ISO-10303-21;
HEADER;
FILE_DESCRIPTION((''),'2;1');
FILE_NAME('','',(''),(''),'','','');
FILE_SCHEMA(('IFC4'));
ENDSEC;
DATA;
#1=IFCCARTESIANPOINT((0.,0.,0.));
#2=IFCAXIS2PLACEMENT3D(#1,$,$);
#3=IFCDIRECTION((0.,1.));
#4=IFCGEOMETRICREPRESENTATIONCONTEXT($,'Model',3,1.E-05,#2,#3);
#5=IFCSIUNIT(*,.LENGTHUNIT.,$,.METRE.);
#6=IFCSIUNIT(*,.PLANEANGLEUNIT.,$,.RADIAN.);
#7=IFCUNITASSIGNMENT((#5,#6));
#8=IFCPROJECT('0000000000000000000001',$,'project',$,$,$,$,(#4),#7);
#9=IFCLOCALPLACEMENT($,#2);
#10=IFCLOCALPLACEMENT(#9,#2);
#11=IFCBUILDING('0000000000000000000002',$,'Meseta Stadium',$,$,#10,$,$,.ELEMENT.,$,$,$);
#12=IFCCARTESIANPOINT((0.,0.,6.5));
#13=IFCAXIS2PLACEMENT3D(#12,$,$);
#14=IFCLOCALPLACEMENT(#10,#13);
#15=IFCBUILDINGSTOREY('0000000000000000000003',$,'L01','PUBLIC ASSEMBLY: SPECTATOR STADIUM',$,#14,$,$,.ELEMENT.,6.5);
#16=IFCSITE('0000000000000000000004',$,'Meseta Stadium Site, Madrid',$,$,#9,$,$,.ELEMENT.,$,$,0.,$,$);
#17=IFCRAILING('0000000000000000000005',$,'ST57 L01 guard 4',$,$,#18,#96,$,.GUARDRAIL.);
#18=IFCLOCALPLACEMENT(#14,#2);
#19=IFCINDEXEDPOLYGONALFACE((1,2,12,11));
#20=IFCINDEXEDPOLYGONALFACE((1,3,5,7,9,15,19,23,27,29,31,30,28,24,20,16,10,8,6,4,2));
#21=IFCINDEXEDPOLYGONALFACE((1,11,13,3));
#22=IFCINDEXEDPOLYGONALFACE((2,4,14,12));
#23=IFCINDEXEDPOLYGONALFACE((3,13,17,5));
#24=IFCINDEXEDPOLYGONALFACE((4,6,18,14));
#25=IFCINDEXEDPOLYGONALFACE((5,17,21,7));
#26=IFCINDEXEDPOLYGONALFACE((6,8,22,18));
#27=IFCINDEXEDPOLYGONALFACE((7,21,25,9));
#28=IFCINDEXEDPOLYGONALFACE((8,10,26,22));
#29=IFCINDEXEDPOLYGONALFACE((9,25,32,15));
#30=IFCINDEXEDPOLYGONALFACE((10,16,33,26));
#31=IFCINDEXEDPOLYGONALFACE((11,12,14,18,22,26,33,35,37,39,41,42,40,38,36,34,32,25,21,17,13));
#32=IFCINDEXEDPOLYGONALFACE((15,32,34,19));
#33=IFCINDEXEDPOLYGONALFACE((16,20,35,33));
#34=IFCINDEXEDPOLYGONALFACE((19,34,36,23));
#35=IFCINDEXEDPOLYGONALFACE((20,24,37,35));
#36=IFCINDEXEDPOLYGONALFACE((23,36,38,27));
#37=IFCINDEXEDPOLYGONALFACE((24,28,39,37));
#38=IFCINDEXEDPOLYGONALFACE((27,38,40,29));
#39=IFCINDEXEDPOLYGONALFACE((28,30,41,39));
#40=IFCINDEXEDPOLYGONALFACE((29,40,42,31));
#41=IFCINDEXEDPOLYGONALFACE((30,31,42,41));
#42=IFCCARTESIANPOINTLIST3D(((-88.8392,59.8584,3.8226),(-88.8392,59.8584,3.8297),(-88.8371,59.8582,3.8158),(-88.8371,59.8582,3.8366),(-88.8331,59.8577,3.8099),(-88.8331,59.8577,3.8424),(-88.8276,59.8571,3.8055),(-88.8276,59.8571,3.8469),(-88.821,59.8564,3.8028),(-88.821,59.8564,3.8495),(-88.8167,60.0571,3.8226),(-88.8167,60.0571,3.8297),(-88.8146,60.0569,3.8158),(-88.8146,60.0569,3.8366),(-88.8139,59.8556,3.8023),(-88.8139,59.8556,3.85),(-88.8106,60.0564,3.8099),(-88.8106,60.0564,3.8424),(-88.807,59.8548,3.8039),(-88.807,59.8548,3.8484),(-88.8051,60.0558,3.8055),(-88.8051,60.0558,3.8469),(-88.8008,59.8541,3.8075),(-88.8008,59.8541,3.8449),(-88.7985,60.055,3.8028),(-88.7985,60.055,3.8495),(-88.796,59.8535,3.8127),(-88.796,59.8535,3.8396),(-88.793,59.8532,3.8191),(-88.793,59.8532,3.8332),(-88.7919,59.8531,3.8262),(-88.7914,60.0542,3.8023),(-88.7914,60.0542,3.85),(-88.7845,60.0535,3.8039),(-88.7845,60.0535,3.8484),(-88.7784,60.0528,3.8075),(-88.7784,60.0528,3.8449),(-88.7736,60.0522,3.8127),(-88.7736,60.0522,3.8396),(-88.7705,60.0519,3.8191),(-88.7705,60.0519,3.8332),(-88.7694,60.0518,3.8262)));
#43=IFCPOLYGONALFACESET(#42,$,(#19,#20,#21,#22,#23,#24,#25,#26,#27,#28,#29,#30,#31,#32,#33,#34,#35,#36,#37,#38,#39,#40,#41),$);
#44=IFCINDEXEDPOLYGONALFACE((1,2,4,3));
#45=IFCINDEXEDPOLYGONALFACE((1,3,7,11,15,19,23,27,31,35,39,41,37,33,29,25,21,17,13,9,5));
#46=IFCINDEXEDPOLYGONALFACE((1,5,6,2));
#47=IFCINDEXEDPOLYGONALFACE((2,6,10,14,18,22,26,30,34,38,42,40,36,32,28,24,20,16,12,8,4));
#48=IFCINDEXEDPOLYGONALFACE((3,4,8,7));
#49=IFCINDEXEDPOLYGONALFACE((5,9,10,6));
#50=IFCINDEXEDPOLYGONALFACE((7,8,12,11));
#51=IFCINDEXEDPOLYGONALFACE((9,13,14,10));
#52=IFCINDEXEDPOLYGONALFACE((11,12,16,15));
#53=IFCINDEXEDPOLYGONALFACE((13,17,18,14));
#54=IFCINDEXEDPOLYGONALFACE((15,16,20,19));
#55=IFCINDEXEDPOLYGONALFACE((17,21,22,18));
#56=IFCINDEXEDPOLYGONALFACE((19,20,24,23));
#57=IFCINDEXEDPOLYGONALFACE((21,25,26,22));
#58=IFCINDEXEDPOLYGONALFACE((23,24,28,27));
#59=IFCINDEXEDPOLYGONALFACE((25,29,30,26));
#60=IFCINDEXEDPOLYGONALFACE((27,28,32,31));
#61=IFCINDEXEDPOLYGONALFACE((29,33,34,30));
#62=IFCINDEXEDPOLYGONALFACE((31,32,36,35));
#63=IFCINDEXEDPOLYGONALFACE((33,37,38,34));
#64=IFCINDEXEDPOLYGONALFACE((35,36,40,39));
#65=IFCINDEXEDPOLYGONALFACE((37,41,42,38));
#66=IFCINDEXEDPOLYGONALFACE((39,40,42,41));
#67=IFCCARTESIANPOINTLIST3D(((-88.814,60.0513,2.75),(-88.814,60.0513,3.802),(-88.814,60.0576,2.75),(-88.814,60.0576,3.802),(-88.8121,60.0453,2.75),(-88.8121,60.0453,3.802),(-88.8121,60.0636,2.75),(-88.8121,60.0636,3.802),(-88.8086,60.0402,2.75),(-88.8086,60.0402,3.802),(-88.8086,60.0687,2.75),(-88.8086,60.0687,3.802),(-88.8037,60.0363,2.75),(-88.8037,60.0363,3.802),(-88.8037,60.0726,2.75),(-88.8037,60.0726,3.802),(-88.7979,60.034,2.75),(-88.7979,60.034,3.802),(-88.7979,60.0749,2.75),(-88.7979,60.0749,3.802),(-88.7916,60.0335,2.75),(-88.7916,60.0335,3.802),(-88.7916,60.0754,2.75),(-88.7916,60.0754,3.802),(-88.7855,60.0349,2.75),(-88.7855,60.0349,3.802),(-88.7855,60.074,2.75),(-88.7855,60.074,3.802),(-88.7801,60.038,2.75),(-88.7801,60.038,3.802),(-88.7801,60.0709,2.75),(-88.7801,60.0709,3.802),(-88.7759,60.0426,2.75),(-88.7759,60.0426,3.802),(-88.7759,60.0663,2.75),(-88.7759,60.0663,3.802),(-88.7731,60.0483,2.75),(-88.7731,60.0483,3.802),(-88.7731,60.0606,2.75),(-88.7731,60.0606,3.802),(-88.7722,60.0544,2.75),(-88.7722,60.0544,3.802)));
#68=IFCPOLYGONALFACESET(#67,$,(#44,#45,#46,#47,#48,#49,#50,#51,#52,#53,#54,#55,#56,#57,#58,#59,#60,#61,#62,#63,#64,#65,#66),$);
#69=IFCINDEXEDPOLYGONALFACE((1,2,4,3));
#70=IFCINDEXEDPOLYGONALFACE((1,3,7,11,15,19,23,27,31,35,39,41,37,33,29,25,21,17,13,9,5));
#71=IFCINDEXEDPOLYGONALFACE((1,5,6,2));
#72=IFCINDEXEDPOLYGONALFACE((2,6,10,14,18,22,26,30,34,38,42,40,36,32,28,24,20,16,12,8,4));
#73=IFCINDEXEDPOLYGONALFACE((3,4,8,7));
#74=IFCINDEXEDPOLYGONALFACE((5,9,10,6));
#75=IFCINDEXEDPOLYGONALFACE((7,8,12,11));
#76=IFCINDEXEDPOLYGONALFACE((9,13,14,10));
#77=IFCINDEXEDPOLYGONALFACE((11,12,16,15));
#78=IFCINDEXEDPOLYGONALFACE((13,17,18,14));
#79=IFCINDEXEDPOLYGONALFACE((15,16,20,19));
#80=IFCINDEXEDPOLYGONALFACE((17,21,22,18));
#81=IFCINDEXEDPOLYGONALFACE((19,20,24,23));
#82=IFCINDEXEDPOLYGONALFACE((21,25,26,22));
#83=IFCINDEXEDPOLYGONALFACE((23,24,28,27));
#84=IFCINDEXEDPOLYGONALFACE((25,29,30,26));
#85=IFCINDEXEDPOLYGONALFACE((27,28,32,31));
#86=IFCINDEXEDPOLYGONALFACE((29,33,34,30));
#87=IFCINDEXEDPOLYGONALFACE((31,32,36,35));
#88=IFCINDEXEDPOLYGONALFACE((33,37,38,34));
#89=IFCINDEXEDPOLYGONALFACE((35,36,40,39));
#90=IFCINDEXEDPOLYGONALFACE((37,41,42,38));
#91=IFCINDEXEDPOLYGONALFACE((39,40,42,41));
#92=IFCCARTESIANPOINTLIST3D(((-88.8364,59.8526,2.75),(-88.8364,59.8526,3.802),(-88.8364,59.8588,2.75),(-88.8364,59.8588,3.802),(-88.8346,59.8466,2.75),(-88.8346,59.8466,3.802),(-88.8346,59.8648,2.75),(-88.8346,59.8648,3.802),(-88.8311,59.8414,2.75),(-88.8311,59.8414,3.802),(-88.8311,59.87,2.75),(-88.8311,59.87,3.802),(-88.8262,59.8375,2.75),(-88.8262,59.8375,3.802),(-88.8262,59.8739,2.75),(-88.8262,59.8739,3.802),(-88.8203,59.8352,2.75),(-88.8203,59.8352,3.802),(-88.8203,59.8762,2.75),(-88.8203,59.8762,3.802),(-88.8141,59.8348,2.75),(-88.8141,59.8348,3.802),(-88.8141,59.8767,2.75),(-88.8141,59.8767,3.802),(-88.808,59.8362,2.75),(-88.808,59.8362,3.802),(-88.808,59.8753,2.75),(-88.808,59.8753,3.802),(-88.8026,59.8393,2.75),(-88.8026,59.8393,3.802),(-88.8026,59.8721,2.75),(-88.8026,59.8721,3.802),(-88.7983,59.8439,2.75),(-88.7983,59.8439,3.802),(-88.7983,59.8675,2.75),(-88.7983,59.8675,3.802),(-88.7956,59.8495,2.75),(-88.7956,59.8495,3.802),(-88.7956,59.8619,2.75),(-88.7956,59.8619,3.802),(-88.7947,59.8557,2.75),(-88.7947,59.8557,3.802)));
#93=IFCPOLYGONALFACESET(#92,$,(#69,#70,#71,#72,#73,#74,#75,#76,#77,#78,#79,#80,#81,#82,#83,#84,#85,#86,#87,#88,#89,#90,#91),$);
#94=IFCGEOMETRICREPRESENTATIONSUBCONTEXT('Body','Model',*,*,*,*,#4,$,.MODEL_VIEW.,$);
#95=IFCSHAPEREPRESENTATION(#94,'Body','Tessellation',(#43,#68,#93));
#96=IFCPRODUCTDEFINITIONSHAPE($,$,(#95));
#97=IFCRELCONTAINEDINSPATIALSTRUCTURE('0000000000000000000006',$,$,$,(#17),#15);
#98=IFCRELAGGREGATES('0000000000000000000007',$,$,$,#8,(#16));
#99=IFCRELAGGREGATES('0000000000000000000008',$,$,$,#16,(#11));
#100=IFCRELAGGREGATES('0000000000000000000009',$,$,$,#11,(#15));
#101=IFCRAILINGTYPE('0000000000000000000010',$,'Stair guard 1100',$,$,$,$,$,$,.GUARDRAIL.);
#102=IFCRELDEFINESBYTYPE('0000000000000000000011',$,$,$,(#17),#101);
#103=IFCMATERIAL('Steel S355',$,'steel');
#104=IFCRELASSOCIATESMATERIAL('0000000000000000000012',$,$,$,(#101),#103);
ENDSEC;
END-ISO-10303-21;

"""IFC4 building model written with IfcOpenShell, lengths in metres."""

from ifc_helpers import new_model, si_unit, direction, frame, origin, origin_2d, place, context, subcontext, project, spatial, circle, extrude, material, type_object, element, save


model = new_model("IFC4")

# Units and contexts
model_context = context("Model", 3, precision=1e-05, world=origin(), true_north=direction((0.0, 1.0)))
body_context = subcontext(model_context, "Body", "Model", "MODEL_VIEW")
ifc_project = project(units=[si_unit("LENGTHUNIT", "METRE"), si_unit("PLANEANGLEUNIT", "RADIAN")], contexts=[model_context])

# Site, building, storey
site_placement = place(None, origin())
site = spatial("IfcSite", under=ifc_project, at=site_placement, Name="Meseta Stadium Site, Madrid", CompositionType="ELEMENT", RefElevation=0.0)
building_placement = place(site_placement, origin())
building = spatial("IfcBuilding", under=site, at=building_placement, Name="Meseta Stadium", CompositionType="ELEMENT")
storey_placement = place(building_placement, frame((0.0, 0.0, 6.5)))
storey = spatial("IfcBuildingStorey", under=building, at=storey_placement, Name="L01", Description="PUBLIC ASSEMBLY: SPECTATOR STADIUM", CompositionType="ELEMENT", Elevation=6.5)

# Railing
ifc_material_1 = material(Name="Steel S355", Category="steel")
railing_type_1 = type_object("IfcRailingType", Name="Stair guard 1100", PredefinedType="GUARDRAIL", material=ifc_material_1)
railing_1_placement = place(storey_placement, frame((-88.7932, 60.0544, 2.75)))
element("IfcRailing", 1, at=railing_1_placement, inside=storey, type_object=railing_type_1, Name="ST57 L01 guard 4", PredefinedType="GUARDRAIL", context=body_context, shape_type="SweptSolid", body=[
    extrude(circle(Radius=0.0239, at=origin_2d()), frame((0.0, 0.0, 1.0762), z_axis=(-0.112307, -0.993674, 0.0), x_axis=(0.993674, -0.112307, 0.0)), (0.0, 0.0, 1.0), 0.2),
    extrude(circle(Radius=0.021, at=origin_2d()), origin(), (0.0, 0.0, 1.0), 1.052),
    extrude(circle(Radius=0.021, at=origin_2d()), frame((-0.0225, -0.1987, 0.0)), (0.0, 0.0, 1.0), 1.052),
])

save(model, "model.ifc")
